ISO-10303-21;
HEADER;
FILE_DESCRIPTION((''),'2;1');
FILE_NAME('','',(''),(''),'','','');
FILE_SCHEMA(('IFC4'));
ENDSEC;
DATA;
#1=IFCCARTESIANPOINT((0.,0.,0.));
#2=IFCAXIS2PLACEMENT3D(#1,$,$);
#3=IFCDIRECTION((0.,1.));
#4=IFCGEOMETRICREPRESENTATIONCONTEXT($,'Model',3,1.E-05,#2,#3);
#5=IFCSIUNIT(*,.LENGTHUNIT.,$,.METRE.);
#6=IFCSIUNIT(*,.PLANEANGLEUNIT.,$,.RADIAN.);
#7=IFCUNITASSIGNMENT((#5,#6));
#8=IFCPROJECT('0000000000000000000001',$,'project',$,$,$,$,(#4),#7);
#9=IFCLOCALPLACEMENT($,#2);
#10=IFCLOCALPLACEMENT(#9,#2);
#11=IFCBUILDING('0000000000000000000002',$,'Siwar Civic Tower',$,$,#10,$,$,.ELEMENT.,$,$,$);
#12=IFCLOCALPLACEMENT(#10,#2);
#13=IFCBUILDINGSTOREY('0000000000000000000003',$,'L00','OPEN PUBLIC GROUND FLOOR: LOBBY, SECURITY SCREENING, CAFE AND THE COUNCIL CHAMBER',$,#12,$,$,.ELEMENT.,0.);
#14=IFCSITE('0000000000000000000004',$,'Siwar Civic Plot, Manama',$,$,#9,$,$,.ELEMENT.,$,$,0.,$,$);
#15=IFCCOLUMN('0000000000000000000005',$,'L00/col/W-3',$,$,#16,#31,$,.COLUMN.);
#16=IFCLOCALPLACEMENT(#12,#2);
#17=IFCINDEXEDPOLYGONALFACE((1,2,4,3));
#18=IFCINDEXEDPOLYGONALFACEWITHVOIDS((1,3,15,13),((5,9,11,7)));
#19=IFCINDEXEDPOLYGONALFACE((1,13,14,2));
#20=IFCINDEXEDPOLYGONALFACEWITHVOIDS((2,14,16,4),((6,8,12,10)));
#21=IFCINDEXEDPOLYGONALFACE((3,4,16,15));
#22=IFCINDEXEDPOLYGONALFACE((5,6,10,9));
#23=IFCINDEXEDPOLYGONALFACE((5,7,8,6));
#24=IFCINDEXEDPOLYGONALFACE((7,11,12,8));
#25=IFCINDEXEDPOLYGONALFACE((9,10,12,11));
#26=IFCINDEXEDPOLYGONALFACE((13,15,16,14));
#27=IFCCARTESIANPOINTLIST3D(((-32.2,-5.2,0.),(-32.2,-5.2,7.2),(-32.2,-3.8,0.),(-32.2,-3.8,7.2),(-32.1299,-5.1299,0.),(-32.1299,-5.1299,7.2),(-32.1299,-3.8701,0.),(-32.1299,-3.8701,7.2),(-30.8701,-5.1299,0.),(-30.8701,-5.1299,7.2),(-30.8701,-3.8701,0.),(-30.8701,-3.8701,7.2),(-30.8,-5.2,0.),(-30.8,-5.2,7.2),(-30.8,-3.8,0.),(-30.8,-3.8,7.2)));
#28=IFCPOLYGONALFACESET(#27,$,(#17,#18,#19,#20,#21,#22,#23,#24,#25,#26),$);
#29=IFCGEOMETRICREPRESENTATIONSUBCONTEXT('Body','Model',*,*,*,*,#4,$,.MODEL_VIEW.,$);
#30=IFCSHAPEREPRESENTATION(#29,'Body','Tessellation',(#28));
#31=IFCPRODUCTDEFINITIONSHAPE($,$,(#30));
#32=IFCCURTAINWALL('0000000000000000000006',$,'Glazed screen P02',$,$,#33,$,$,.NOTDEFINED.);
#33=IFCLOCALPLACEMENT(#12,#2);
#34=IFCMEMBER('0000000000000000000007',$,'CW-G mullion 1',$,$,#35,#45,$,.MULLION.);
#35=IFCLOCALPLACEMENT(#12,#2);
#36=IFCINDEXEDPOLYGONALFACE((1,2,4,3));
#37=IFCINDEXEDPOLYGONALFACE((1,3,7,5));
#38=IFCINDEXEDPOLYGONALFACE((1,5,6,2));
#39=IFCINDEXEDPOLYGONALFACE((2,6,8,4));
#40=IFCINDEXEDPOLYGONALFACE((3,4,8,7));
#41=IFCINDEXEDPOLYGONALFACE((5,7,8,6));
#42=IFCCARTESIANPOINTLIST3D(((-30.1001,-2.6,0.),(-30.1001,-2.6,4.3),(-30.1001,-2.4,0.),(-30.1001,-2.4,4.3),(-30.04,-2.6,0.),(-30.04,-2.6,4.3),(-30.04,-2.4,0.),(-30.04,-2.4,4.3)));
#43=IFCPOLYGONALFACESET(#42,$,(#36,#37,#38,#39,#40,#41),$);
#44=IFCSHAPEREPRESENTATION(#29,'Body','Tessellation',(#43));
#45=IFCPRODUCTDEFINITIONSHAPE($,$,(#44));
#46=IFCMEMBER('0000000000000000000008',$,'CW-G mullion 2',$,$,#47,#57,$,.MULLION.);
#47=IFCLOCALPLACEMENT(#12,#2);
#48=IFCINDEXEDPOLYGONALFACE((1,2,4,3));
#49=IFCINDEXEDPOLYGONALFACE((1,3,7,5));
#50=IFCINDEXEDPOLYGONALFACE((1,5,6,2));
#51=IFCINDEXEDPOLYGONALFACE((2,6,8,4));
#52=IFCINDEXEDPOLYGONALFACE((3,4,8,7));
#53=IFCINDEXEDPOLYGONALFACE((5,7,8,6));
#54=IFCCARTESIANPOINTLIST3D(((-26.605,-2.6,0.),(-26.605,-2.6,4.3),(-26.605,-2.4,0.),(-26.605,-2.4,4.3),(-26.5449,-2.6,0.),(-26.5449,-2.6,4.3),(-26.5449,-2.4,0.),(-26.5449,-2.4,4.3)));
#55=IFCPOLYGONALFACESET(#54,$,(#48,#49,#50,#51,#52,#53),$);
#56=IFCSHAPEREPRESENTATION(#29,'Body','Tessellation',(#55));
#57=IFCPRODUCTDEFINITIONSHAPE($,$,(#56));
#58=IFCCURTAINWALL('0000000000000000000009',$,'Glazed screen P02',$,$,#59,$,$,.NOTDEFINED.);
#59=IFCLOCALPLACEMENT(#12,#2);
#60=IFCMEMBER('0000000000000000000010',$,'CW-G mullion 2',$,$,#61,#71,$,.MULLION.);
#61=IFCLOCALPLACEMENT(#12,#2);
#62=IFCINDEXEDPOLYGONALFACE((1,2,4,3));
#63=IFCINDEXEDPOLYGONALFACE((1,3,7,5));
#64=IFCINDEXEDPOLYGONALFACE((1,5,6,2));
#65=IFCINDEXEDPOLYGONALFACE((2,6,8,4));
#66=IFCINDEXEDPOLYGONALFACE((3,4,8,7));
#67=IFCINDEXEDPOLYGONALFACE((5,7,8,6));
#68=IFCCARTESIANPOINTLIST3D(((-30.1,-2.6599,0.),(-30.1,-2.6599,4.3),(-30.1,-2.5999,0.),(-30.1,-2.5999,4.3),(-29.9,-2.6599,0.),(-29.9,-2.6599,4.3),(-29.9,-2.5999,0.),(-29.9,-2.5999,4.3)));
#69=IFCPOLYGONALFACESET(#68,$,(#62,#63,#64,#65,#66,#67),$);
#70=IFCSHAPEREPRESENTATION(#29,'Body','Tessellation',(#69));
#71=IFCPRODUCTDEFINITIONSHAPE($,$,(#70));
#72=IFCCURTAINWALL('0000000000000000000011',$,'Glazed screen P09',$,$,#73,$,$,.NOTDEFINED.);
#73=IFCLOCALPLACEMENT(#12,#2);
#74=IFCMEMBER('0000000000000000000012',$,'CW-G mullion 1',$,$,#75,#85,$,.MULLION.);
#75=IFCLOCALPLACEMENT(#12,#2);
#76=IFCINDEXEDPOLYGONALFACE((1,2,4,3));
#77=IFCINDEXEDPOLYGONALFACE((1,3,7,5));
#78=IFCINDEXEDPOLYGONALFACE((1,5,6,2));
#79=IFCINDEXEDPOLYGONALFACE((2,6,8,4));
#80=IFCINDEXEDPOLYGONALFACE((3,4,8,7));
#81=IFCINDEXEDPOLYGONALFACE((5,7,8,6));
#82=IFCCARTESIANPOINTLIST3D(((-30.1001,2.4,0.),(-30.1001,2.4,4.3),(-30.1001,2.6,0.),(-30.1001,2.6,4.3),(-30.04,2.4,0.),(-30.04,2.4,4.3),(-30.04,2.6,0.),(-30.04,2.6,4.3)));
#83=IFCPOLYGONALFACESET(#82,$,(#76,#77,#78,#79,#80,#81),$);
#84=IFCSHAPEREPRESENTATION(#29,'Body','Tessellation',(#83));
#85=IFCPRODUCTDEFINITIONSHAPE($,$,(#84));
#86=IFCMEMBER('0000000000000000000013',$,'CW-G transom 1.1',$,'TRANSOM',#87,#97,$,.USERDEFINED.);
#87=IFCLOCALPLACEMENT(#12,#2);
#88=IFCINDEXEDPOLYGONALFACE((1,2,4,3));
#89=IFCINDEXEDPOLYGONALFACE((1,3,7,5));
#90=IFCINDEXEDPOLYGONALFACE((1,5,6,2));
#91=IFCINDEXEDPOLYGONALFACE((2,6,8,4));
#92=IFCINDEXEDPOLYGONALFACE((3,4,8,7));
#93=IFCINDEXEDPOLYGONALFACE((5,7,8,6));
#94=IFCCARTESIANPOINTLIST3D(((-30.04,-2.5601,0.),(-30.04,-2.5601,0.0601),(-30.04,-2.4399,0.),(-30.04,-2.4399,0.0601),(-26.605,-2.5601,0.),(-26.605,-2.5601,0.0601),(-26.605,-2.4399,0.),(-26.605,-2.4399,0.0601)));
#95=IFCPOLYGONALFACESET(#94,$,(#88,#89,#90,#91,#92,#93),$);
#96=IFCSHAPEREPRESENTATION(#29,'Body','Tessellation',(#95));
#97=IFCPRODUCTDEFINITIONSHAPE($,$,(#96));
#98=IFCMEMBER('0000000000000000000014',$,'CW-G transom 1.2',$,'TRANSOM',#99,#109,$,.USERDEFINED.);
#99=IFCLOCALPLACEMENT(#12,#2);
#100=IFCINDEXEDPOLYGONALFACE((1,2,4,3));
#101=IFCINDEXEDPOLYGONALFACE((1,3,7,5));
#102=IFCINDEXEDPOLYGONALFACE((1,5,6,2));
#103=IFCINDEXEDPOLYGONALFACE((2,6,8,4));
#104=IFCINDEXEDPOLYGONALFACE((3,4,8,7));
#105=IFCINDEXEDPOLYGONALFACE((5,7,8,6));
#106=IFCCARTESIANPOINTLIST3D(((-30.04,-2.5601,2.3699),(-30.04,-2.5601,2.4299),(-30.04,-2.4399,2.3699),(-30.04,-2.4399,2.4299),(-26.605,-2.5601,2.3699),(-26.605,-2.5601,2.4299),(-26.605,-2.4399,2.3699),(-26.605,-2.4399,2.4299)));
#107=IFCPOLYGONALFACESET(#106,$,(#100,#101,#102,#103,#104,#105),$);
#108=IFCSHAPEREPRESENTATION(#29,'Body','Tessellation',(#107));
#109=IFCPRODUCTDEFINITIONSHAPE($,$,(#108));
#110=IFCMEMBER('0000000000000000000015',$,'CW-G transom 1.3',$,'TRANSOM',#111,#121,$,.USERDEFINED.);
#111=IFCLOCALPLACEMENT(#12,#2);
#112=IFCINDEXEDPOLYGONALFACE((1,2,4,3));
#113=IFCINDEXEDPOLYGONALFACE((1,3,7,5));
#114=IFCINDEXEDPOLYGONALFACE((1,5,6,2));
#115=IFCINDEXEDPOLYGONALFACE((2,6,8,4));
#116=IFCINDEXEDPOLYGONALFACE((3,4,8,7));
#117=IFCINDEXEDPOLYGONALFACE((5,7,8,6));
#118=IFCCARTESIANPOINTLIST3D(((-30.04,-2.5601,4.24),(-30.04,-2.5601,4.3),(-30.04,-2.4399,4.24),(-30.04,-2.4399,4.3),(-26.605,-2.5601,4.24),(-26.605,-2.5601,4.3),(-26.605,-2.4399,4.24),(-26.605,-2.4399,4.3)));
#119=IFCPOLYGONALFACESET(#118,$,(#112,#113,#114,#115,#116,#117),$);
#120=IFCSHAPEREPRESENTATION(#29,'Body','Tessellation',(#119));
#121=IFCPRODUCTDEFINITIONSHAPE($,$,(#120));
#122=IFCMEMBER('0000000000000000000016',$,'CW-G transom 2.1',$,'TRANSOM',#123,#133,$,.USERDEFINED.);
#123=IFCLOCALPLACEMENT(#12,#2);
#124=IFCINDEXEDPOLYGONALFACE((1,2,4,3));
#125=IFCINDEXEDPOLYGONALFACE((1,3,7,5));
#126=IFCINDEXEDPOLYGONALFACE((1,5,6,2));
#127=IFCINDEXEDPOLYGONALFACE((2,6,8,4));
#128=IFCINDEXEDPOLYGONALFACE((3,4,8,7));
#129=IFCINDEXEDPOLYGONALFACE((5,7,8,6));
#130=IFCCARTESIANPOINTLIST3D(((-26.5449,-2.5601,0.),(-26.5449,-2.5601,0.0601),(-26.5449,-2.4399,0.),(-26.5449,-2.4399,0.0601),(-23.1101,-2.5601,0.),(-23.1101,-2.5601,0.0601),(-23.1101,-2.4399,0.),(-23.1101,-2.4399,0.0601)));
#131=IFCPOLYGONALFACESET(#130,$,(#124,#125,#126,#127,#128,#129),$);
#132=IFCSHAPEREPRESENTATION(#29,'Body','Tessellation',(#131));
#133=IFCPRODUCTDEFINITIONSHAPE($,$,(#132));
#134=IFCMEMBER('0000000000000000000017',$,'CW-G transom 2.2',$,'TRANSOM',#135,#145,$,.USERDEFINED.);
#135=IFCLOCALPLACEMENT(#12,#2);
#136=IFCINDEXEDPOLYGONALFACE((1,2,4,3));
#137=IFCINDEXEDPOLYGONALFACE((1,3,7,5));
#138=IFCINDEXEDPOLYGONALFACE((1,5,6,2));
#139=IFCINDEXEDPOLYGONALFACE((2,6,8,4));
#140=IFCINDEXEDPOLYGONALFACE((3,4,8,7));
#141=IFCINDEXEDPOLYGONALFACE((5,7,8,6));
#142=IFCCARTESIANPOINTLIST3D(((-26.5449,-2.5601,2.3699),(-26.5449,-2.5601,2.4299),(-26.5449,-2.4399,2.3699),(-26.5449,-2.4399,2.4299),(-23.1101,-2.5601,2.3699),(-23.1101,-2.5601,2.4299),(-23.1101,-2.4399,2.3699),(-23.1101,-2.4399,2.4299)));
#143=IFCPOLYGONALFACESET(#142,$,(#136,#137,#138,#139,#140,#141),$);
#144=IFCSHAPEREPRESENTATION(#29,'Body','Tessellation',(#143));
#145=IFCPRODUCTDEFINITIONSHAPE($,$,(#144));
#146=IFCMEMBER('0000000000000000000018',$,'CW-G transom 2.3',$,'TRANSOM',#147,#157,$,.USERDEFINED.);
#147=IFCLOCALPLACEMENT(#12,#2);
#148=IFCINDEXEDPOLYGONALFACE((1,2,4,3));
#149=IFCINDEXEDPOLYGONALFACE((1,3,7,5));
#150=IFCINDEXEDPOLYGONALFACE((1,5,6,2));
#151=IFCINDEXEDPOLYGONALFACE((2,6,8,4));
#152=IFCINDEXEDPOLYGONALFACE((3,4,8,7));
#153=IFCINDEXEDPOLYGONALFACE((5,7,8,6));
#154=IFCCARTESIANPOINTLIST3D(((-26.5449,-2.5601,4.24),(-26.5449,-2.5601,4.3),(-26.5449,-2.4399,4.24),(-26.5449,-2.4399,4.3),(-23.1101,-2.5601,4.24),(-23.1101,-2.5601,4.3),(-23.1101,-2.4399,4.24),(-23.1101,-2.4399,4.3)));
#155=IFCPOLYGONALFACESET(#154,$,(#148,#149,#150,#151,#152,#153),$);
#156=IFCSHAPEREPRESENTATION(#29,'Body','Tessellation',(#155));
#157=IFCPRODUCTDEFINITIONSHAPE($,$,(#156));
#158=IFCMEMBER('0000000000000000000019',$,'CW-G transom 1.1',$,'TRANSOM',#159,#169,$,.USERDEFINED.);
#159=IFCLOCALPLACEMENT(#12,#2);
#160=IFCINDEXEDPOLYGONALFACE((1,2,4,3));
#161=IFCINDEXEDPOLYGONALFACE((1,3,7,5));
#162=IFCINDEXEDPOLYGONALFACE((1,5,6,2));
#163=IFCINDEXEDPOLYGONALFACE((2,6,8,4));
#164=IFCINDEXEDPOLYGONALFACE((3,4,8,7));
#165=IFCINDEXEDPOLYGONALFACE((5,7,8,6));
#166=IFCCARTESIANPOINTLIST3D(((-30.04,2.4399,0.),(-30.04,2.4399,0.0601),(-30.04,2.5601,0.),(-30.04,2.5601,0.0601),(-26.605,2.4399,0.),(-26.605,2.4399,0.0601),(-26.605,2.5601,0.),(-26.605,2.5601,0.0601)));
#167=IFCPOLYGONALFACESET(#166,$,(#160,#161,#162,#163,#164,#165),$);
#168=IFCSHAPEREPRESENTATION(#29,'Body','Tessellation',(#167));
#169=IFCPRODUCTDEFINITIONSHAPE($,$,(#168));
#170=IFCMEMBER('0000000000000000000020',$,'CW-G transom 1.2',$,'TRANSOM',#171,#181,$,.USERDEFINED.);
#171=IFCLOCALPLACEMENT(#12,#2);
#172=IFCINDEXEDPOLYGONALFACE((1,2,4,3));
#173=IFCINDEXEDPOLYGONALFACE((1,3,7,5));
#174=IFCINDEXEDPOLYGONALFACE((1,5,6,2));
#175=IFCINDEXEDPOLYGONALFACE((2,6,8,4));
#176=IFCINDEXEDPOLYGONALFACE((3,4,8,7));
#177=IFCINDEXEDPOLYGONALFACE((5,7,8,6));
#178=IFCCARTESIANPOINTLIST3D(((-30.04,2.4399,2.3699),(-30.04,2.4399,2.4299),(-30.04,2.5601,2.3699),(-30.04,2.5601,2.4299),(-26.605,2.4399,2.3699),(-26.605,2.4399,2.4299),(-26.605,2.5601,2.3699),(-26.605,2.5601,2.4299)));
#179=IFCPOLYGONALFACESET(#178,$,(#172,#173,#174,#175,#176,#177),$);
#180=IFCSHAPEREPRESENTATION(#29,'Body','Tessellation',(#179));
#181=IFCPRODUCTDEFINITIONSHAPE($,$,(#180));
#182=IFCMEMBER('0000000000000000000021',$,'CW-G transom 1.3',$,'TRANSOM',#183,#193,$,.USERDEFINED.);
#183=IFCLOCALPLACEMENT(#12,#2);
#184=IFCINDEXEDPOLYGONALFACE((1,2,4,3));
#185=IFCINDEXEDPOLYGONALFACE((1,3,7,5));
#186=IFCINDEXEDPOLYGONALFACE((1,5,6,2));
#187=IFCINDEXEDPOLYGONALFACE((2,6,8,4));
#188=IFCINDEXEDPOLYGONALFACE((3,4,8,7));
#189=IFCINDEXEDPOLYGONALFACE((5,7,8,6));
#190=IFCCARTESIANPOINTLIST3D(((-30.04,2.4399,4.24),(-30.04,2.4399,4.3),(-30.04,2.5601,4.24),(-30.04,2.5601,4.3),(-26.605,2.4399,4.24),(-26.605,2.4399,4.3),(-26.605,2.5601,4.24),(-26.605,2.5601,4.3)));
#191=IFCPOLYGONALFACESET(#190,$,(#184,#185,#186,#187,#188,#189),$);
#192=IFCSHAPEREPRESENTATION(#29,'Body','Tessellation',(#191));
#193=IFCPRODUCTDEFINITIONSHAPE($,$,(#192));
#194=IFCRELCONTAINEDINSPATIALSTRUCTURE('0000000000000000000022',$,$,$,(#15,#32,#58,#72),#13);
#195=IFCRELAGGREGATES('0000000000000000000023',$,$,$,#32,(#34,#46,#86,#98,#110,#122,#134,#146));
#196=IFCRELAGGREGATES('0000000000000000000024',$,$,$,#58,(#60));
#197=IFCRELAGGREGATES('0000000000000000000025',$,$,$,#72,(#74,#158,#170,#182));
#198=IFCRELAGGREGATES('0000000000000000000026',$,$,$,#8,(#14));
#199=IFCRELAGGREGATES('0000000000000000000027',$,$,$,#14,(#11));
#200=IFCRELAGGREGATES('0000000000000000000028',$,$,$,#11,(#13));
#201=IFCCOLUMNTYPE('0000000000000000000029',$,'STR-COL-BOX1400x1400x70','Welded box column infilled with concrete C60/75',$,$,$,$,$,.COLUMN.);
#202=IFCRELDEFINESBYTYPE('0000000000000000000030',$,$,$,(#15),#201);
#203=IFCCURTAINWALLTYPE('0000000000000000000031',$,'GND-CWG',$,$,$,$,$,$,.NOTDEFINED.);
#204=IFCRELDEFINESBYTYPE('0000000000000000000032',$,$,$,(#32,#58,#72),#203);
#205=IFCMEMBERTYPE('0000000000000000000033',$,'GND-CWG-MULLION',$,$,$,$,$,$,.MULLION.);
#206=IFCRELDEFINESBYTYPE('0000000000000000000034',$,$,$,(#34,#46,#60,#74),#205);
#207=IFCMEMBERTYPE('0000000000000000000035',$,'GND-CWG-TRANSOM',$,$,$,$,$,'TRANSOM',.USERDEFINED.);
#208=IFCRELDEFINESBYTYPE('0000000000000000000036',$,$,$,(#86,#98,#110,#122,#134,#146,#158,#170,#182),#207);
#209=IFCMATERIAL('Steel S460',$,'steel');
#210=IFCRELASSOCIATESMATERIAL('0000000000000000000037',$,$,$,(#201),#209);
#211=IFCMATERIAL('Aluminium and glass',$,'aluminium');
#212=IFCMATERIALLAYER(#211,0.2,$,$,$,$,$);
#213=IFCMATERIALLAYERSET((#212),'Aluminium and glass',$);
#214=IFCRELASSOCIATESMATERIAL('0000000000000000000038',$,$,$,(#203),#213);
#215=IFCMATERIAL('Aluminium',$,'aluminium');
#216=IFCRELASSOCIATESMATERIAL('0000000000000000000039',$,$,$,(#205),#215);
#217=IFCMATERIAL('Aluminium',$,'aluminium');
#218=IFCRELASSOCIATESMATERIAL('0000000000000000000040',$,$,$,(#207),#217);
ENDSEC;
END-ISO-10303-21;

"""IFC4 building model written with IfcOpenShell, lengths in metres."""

from ifc_helpers import new_model, si_unit, direction, frame, origin, origin_2d, place, context, subcontext, project, spatial, rectangle, hollow_rectangle, extrude, material, layer, layer_set, material_profile, profile_set, type_object, element, aggregate, save


model = new_model("IFC4")

# Units and contexts
model_context = context("Model", 3, precision=1e-05, world=origin(), true_north=direction((0.0, 1.0)))
body_context = subcontext(model_context, "Body", "Model", "MODEL_VIEW")
ifc_project = project(units=[si_unit("LENGTHUNIT", "METRE"), si_unit("PLANEANGLEUNIT", "RADIAN")], contexts=[model_context])

# Site, building, storey
site_placement = place(None, origin())
site = spatial("IfcSite", under=ifc_project, at=site_placement, Name="Siwar Civic Plot, Manama", CompositionType="ELEMENT", RefElevation=0.0)
building_placement = place(site_placement, origin())
building = spatial("IfcBuilding", under=site, at=building_placement, Name="Siwar Civic Tower", CompositionType="ELEMENT")
storey_placement = place(building_placement, origin())
storey = spatial("IfcBuildingStorey", under=building, at=storey_placement, Name="L00", Description="OPEN PUBLIC GROUND FLOOR: LOBBY, SECURITY SCREENING, CAFE AND THE COUNCIL CHAMBER", CompositionType="ELEMENT", Elevation=0.0)

# Column
ifc_material_1 = material(Name="Steel S460", Category="steel")
ifc_material_profile_1 = material_profile(ifc_material_1, hollow_rectangle(XDim=1.3999, YDim=1.3999, WallThickness=0.0701, at=origin_2d()), Name="BOX1400x1400x70")
ifc_profile_set_1 = profile_set([ifc_material_profile_1], Name="Steel S460")
column_type = type_object("IfcColumnType", Name="STR-COL-BOX1400x1400x70", Description="Welded box column infilled with concrete C60/75", PredefinedType="COLUMN", material=ifc_profile_set_1)
column_placement = place(storey_placement, frame((-31.5, -4.5, 0.0), z_axis=(0.0, 0.0, 1.0), x_axis=(1.0, 0.0, 0.0)))
element("IfcColumn", 1, at=column_placement, inside=storey, type_object=column_type, Name="L00/col/W-3", PredefinedType="COLUMN", context=body_context, shape_type="SweptSolid", body=[
    extrude(hollow_rectangle(XDim=1.3999, YDim=1.3999, WallThickness=0.0701, at=origin_2d()), origin(), (0.0, 0.0, 1.0), 7.2),
])

# Curtain wall, members
ifc_material_2 = material(Name="Aluminium and glass", Category="aluminium")
ifc_layer_1 = layer(ifc_material_2, 0.2)
ifc_layer_set_1 = layer_set([ifc_layer_1], Name="Aluminium and glass")
curtain_wall_type = type_object("IfcCurtainWallType", Name="GND-CWG", PredefinedType="NOTDEFINED", material=ifc_layer_set_1)
curtain_wall_1_placement = place(storey_placement, origin())
curtain_wall_1 = element("IfcCurtainWall", 2, at=curtain_wall_1_placement, inside=storey, type_object=curtain_wall_type, Name="Glazed screen P02", PredefinedType="NOTDEFINED")
ifc_material_3 = material(Name="Aluminium", Category="aluminium")
ifc_material_profile_2 = material_profile(ifc_material_3, rectangle(XDim=0.2, YDim=0.0601, at=origin_2d()), Name="AL 200x60")
ifc_profile_set_2 = profile_set([ifc_material_profile_2], Name="Aluminium")
member_type_1 = type_object("IfcMemberType", Name="GND-CWG-MULLION", PredefinedType="MULLION", material=ifc_profile_set_2)
member_1_placement = place(storey_placement, frame((-30.0701, -2.5, 0.0), z_axis=(0.0, 0.0, 1.0), x_axis=(0.0, 1.0, 0.0)))
member_1 = element("IfcMember", 3, at=member_1_placement, type_object=member_type_1, Name="CW-G mullion 1", PredefinedType="MULLION", context=body_context, shape_type="SweptSolid", body=[
    extrude(rectangle(XDim=0.2, YDim=0.0601, at=origin_2d()), origin(), (0.0, 0.0, 1.0), 4.3),
])
member_2_placement = place(storey_placement, frame((-26.575, -2.5, 0.0), z_axis=(0.0, 0.0, 1.0), x_axis=(0.0, 1.0, 0.0)))
member_2 = element("IfcMember", 4, at=member_2_placement, type_object=member_type_1, Name="CW-G mullion 2", PredefinedType="MULLION", context=body_context, shape_type="SweptSolid", body=[
    extrude(rectangle(XDim=0.2, YDim=0.0601, at=origin_2d()), origin(), (0.0, 0.0, 1.0), 4.3),
])

# Curtain walls, members
curtain_wall_2_placement = place(storey_placement, origin())
curtain_wall_2 = element("IfcCurtainWall", 5, at=curtain_wall_2_placement, inside=storey, type_object=curtain_wall_type, Name="Glazed screen P02", PredefinedType="NOTDEFINED")
member_3_placement = place(storey_placement, frame((-30.0, -2.6299, 0.0), z_axis=(0.0, 0.0, 1.0), x_axis=(-1.0, 0.0, 0.0)))
member_3 = element("IfcMember", 6, at=member_3_placement, type_object=member_type_1, Name="CW-G mullion 2", PredefinedType="MULLION", context=body_context, shape_type="SweptSolid", body=[
    extrude(rectangle(XDim=0.2, YDim=0.0601, at=origin_2d()), origin(), (0.0, 0.0, 1.0), 4.3),
])
curtain_wall_3_placement = place(storey_placement, origin())
curtain_wall_3 = element("IfcCurtainWall", 7, at=curtain_wall_3_placement, inside=storey, type_object=curtain_wall_type, Name="Glazed screen P09", PredefinedType="NOTDEFINED")
member_4_placement = place(storey_placement, frame((-30.0701, 2.5, 0.0), z_axis=(0.0, 0.0, 1.0), x_axis=(0.0, 1.0, 0.0)))
member_4 = element("IfcMember", 8, at=member_4_placement, type_object=member_type_1, Name="CW-G mullion 1", PredefinedType="MULLION", context=body_context, shape_type="SweptSolid", body=[
    extrude(rectangle(XDim=0.2, YDim=0.0601, at=origin_2d()), origin(), (0.0, 0.0, 1.0), 4.3),
])

# Members
ifc_material_4 = material(Name="Aluminium", Category="aluminium")
ifc_material_profile_3 = material_profile(ifc_material_4, rectangle(XDim=0.1201, YDim=0.0601, at=origin_2d()), Name="AL 120x60")
ifc_profile_set_3 = profile_set([ifc_material_profile_3], Name="Aluminium")
member_type_2 = type_object("IfcMemberType", Name="GND-CWG-TRANSOM", ElementType="TRANSOM", PredefinedType="USERDEFINED", material=ifc_profile_set_3)
member_5_placement = place(storey_placement, frame((-30.04, -2.5, 0.03), z_axis=(1.0, 0.0, 0.0), x_axis=(0.0, 1.0, 0.0)))
member_5 = element("IfcMember", 9, at=member_5_placement, type_object=member_type_2, Name="CW-G transom 1.1", ObjectType="TRANSOM", PredefinedType="USERDEFINED", context=body_context, shape_type="SweptSolid", body=[
    extrude(rectangle(XDim=0.1201, YDim=0.0601, at=origin_2d()), origin(), (0.0, 0.0, 1.0), 3.4351),
])
member_6_placement = place(storey_placement, frame((-30.04, -2.5, 2.3999), z_axis=(1.0, 0.0, 0.0), x_axis=(0.0, 1.0, 0.0)))
member_6 = element("IfcMember", 10, at=member_6_placement, type_object=member_type_2, Name="CW-G transom 1.2", ObjectType="TRANSOM", PredefinedType="USERDEFINED", context=body_context, shape_type="SweptSolid", body=[
    extrude(rectangle(XDim=0.1201, YDim=0.0601, at=origin_2d()), origin(), (0.0, 0.0, 1.0), 3.4351),
])
member_7_placement = place(storey_placement, frame((-30.04, -2.5, 4.27), z_axis=(1.0, 0.0, 0.0), x_axis=(0.0, 1.0, 0.0)))
member_7 = element("IfcMember", 11, at=member_7_placement, type_object=member_type_2, Name="CW-G transom 1.3", ObjectType="TRANSOM", PredefinedType="USERDEFINED", context=body_context, shape_type="SweptSolid", body=[
    extrude(rectangle(XDim=0.1201, YDim=0.0601, at=origin_2d()), origin(), (0.0, 0.0, 1.0), 3.4351),
])
member_8_placement = place(storey_placement, frame((-26.5449, -2.5, 0.03), z_axis=(1.0, 0.0, 0.0), x_axis=(0.0, 1.0, 0.0)))
member_8 = element("IfcMember", 12, at=member_8_placement, type_object=member_type_2, Name="CW-G transom 2.1", ObjectType="TRANSOM", PredefinedType="USERDEFINED", context=body_context, shape_type="SweptSolid", body=[
    extrude(rectangle(XDim=0.1201, YDim=0.0601, at=origin_2d()), origin(), (0.0, 0.0, 1.0), 3.4348),
])
member_9_placement = place(storey_placement, frame((-26.5449, -2.5, 2.3999), z_axis=(1.0, 0.0, 0.0), x_axis=(0.0, 1.0, 0.0)))
member_9 = element("IfcMember", 13, at=member_9_placement, type_object=member_type_2, Name="CW-G transom 2.2", ObjectType="TRANSOM", PredefinedType="USERDEFINED", context=body_context, shape_type="SweptSolid", body=[
    extrude(rectangle(XDim=0.1201, YDim=0.0601, at=origin_2d()), origin(), (0.0, 0.0, 1.0), 3.4348),
])
member_10_placement = place(storey_placement, frame((-26.5449, -2.5, 4.27), z_axis=(1.0, 0.0, 0.0), x_axis=(0.0, 1.0, 0.0)))
member_10 = element("IfcMember", 14, at=member_10_placement, type_object=member_type_2, Name="CW-G transom 2.3", ObjectType="TRANSOM", PredefinedType="USERDEFINED", context=body_context, shape_type="SweptSolid", body=[
    extrude(rectangle(XDim=0.1201, YDim=0.0601, at=origin_2d()), origin(), (0.0, 0.0, 1.0), 3.4348),
])
member_11_placement = place(storey_placement, frame((-30.04, 2.5, 0.03), z_axis=(1.0, 0.0, 0.0), x_axis=(0.0, 1.0, 0.0)))
member_11 = element("IfcMember", 15, at=member_11_placement, type_object=member_type_2, Name="CW-G transom 1.1", ObjectType="TRANSOM", PredefinedType="USERDEFINED", context=body_context, shape_type="SweptSolid", body=[
    extrude(rectangle(XDim=0.1201, YDim=0.0601, at=origin_2d()), origin(), (0.0, 0.0, 1.0), 3.4351),
])
member_12_placement = place(storey_placement, frame((-30.04, 2.5, 2.3999), z_axis=(1.0, 0.0, 0.0), x_axis=(0.0, 1.0, 0.0)))
member_12 = element("IfcMember", 16, at=member_12_placement, type_object=member_type_2, Name="CW-G transom 1.2", ObjectType="TRANSOM", PredefinedType="USERDEFINED", context=body_context, shape_type="SweptSolid", body=[
    extrude(rectangle(XDim=0.1201, YDim=0.0601, at=origin_2d()), origin(), (0.0, 0.0, 1.0), 3.4351),
])
member_13_placement = place(storey_placement, frame((-30.04, 2.5, 4.27), z_axis=(1.0, 0.0, 0.0), x_axis=(0.0, 1.0, 0.0)))
member_13 = element("IfcMember", 17, at=member_13_placement, type_object=member_type_2, Name="CW-G transom 1.3", ObjectType="TRANSOM", PredefinedType="USERDEFINED", context=body_context, shape_type="SweptSolid", body=[
    extrude(rectangle(XDim=0.1201, YDim=0.0601, at=origin_2d()), origin(), (0.0, 0.0, 1.0), 3.4351),
])

aggregate(curtain_wall_1, [member_1, member_2, member_5, member_6, member_7, member_8, member_9, member_10])
aggregate(curtain_wall_2, [member_3])
aggregate(curtain_wall_3, [member_4, member_11, member_12, member_13])

save(model, "model.ifc")
